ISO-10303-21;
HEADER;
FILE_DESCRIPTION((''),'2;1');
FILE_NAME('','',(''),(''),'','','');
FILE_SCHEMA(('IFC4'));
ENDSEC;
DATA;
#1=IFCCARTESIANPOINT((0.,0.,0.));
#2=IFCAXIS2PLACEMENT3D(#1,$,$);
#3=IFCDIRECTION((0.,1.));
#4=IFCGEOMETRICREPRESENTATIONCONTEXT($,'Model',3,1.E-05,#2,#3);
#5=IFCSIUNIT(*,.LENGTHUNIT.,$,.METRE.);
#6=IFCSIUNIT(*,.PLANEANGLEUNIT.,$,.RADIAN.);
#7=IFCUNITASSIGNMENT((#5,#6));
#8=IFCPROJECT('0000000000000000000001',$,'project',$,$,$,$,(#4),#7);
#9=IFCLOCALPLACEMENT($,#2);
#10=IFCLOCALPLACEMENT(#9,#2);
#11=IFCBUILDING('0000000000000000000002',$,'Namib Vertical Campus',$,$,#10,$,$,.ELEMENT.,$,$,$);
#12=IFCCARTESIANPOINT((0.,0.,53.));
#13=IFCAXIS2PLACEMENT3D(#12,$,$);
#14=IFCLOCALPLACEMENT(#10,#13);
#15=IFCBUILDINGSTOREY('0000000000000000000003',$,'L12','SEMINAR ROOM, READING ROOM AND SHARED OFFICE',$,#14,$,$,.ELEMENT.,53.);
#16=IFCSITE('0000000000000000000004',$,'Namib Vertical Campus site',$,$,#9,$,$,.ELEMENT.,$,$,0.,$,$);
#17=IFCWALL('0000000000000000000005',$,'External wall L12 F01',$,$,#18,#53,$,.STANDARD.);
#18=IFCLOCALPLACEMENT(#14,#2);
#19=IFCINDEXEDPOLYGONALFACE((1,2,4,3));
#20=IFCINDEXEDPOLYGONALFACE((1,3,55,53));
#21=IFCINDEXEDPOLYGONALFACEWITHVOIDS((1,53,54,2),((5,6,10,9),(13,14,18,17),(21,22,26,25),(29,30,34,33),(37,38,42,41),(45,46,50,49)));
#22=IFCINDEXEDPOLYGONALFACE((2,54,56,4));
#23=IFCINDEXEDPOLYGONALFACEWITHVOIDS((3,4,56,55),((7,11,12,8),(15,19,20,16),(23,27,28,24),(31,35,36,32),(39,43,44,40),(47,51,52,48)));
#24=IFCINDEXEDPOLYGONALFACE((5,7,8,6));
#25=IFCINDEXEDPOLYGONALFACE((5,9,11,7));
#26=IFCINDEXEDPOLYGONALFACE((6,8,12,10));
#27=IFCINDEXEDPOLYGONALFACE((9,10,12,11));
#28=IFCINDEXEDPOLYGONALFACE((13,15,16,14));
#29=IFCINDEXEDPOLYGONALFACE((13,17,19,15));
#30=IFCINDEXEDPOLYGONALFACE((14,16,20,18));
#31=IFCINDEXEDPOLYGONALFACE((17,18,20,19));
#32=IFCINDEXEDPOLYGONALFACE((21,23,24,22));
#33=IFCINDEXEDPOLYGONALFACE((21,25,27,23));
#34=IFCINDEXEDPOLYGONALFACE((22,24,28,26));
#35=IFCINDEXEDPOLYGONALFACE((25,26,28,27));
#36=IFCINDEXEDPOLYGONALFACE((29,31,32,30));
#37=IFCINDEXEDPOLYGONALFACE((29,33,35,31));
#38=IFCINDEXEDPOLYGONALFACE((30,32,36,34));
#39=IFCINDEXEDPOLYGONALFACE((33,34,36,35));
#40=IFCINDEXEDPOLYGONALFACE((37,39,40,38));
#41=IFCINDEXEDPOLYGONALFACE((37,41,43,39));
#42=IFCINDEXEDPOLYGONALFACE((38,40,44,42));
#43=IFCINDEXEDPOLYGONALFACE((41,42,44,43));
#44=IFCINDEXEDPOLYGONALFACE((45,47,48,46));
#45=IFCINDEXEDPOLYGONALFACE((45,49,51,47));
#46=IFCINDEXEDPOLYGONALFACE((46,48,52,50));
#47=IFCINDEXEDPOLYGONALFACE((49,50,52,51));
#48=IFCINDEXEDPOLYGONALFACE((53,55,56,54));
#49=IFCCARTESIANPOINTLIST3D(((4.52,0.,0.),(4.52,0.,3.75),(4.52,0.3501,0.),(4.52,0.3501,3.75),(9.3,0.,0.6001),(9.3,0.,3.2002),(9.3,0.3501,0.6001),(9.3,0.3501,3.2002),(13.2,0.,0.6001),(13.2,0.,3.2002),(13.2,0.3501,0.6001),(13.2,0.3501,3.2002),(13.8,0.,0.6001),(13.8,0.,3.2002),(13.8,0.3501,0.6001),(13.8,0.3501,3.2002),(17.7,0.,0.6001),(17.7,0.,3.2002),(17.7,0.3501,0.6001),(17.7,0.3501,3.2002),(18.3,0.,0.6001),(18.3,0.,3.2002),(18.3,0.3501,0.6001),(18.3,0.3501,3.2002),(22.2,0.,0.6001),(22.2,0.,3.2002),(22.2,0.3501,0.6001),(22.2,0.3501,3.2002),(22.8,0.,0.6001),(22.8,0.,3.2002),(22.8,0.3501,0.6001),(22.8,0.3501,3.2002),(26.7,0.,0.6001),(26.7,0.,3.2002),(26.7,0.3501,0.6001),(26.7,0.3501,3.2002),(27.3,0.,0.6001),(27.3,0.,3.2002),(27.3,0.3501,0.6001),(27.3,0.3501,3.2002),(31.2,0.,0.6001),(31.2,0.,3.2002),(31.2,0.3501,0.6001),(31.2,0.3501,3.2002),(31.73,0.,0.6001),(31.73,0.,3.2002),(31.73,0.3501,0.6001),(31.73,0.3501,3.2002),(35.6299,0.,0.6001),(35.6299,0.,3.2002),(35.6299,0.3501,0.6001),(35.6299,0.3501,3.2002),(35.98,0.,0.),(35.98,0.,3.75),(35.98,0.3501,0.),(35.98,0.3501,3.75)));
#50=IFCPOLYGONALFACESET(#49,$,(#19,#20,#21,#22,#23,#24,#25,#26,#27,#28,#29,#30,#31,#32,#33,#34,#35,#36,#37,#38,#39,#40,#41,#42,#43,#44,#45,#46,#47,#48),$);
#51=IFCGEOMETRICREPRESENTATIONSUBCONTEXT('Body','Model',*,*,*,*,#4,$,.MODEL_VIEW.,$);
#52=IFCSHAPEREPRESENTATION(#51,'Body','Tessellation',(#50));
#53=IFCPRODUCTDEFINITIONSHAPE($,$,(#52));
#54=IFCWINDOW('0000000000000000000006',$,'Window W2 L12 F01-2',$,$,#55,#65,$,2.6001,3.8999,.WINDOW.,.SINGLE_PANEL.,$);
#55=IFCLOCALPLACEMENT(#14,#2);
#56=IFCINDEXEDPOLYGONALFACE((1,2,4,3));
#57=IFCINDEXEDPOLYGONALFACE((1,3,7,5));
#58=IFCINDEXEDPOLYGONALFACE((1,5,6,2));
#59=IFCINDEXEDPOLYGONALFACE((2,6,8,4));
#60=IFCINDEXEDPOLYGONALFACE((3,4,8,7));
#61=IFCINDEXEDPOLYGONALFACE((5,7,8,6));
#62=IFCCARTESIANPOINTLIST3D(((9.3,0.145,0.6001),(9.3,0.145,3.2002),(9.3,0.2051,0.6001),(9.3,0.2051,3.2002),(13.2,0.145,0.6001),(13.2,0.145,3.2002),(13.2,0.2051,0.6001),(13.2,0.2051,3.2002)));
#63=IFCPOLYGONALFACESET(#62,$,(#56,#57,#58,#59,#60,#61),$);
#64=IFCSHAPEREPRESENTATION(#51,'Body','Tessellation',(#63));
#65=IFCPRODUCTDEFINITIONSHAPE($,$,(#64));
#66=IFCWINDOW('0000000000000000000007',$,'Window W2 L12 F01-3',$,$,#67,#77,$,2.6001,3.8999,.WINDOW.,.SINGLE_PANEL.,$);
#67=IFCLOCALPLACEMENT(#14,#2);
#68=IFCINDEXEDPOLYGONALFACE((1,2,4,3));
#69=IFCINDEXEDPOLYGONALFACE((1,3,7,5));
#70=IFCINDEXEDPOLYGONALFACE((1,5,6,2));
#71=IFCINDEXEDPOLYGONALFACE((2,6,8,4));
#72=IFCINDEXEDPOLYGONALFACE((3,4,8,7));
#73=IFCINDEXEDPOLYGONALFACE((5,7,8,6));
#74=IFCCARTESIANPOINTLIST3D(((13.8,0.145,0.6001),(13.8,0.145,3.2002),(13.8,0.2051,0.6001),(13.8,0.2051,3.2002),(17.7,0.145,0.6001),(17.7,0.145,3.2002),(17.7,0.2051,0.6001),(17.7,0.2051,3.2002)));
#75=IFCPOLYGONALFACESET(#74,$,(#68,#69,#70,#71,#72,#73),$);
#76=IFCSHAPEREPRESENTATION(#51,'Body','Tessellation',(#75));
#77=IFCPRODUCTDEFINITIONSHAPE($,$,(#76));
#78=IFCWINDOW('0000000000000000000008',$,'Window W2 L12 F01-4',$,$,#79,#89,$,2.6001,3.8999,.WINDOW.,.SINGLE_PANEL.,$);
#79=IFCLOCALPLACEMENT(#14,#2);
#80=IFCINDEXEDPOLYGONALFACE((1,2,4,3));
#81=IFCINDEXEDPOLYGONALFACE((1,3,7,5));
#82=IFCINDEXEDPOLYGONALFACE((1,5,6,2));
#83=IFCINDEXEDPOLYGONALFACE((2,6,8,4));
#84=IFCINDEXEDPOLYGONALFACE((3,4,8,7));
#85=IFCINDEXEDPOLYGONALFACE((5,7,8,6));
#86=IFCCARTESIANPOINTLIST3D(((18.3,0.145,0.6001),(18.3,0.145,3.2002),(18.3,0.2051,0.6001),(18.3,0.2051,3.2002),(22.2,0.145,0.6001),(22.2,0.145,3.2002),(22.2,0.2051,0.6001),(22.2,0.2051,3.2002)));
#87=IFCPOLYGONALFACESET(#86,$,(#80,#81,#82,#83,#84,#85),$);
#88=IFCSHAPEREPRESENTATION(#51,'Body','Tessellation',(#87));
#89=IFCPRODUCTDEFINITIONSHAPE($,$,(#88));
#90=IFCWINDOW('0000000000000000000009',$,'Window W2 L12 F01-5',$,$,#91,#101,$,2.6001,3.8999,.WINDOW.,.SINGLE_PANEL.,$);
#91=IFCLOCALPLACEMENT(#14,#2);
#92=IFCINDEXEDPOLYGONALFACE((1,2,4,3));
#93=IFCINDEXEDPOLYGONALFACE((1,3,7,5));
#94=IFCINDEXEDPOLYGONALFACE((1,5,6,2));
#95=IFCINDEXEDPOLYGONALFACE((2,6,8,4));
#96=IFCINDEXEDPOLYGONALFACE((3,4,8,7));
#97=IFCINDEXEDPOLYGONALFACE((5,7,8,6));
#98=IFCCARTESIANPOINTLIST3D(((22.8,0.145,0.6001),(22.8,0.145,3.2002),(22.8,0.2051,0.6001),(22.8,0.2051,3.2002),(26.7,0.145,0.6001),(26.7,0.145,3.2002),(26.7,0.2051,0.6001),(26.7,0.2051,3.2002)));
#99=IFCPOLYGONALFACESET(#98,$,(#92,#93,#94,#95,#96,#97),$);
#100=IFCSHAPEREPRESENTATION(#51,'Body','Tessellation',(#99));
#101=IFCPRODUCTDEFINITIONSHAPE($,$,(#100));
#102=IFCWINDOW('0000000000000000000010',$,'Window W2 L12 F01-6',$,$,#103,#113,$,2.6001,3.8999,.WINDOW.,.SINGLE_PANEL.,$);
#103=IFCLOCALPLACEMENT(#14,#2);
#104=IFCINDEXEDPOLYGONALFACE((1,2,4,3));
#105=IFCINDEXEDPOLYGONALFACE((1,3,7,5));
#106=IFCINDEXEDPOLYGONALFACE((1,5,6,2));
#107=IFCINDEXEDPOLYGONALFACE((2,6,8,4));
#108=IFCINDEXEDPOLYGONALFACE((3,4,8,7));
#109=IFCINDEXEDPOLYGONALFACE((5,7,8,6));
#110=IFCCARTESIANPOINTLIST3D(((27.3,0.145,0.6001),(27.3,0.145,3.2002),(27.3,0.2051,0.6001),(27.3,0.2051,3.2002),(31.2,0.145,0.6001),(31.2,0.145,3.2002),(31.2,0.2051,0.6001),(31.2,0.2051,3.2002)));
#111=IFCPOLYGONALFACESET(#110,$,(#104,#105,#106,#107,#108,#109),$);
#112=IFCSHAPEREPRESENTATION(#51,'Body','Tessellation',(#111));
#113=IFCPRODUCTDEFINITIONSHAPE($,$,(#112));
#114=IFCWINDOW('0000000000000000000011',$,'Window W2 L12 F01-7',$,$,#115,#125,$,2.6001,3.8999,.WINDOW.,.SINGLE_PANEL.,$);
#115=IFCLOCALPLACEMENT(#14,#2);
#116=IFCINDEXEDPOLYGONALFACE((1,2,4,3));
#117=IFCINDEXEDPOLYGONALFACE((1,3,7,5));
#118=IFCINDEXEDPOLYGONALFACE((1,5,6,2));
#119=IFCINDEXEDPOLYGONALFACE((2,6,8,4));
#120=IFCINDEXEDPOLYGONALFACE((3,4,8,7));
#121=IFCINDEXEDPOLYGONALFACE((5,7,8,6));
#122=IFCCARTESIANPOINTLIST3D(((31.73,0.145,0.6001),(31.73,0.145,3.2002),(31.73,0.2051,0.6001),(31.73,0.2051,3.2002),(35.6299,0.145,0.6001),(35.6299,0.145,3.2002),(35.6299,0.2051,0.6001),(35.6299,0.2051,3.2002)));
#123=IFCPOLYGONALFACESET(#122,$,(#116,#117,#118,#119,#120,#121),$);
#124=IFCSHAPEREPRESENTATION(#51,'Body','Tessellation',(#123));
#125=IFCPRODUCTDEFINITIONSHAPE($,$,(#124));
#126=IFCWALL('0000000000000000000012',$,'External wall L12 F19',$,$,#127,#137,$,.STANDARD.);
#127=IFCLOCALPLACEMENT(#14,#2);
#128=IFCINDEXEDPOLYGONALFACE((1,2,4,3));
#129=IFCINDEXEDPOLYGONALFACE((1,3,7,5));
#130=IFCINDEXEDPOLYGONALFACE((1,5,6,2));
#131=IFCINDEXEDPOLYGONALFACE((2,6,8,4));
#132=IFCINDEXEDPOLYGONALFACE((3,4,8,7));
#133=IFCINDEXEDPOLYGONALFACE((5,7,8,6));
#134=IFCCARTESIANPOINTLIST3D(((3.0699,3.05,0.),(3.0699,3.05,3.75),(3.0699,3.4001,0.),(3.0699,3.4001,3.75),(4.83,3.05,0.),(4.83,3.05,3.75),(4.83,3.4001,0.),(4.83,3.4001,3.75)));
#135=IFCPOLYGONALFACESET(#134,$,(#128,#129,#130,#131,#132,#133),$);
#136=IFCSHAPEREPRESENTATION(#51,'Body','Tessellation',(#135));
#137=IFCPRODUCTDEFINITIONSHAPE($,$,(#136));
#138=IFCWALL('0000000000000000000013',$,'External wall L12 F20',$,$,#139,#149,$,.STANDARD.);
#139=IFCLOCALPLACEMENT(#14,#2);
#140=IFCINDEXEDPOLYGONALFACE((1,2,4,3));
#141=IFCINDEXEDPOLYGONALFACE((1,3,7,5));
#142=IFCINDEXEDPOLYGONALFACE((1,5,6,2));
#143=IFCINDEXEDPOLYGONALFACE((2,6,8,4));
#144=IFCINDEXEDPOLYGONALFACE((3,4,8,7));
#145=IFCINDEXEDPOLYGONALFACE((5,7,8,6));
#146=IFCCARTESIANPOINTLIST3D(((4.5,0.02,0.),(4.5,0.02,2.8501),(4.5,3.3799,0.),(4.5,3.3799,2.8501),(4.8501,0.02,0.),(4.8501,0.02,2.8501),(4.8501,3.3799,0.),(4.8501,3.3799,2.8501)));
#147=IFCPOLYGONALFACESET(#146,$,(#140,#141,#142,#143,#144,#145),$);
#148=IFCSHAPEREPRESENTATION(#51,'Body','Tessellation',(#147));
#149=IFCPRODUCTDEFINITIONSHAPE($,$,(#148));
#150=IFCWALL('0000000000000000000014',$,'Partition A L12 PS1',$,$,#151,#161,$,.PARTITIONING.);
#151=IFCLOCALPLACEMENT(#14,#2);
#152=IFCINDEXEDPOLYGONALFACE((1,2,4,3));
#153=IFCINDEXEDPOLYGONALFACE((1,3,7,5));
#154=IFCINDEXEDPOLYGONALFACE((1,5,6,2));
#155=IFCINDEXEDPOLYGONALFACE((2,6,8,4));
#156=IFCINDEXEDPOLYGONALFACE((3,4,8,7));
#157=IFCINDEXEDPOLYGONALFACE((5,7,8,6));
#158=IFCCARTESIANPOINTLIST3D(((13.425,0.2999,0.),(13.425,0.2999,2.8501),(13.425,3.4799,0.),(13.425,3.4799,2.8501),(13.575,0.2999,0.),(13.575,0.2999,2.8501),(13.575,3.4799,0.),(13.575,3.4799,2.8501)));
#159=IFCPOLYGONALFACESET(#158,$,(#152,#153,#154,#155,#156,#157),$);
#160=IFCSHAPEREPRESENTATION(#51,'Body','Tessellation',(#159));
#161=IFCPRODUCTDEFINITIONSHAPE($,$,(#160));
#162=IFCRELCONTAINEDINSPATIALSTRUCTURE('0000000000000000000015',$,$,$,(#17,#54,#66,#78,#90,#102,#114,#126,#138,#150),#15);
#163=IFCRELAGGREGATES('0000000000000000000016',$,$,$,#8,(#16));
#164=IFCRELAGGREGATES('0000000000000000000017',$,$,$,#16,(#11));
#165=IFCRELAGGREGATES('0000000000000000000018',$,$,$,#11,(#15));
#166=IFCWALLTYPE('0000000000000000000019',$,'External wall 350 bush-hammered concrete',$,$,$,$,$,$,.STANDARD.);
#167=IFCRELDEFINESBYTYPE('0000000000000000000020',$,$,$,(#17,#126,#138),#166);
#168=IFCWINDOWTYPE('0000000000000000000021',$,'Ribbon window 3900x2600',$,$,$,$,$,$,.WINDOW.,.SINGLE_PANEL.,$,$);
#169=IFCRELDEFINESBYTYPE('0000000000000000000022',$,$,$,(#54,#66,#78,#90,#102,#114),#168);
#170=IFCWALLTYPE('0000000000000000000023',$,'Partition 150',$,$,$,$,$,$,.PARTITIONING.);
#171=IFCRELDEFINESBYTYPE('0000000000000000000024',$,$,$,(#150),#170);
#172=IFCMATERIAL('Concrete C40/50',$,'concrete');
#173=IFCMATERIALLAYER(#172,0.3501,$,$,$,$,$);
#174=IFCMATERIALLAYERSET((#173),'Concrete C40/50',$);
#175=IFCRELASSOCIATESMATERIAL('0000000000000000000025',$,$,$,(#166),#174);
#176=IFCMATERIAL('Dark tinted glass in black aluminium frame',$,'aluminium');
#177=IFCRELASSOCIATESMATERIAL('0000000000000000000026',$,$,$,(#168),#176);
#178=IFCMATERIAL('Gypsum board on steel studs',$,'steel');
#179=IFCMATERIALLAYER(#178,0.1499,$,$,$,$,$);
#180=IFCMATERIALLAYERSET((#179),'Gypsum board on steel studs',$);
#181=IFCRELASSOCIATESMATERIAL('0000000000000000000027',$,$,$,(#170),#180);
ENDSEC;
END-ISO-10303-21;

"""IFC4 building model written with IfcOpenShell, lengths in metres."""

from ifc_helpers import new_model, si_unit, direction, frame, frame_2d, origin, place, context, subcontext, project, spatial, rectangle, extrude, material, layer, layer_set, type_object, element, fill, save


model = new_model("IFC4")

# Units and contexts
model_context = context("Model", 3, precision=1e-05, world=origin(), true_north=direction((0.0, 1.0)))
body_context = subcontext(model_context, "Body", "Model", "MODEL_VIEW")
ifc_project = project(units=[si_unit("LENGTHUNIT", "METRE"), si_unit("PLANEANGLEUNIT", "RADIAN")], contexts=[model_context])

# Site, building, storey
site_placement = place(None, origin())
site = spatial("IfcSite", under=ifc_project, at=site_placement, Name="Namib Vertical Campus site", CompositionType="ELEMENT", RefElevation=0.0)
building_placement = place(site_placement, origin())
building = spatial("IfcBuilding", under=site, at=building_placement, Name="Namib Vertical Campus", CompositionType="ELEMENT")
storey_placement = place(building_placement, frame((0.0, 0.0, 53.0)))
storey = spatial("IfcBuildingStorey", under=building, at=storey_placement, Name="L12", Description="SEMINAR ROOM, READING ROOM AND SHARED OFFICE", CompositionType="ELEMENT", Elevation=53.0)

# Wall, openings, windows
ifc_material_1 = material(Name="Concrete C40/50", Category="concrete")
ifc_layer_1 = layer(ifc_material_1, 0.3501)
ifc_layer_set_1 = layer_set([ifc_layer_1], Name="Concrete C40/50")
wall_type_1 = type_object("IfcWallType", Name="External wall 350 bush-hammered concrete", PredefinedType="STANDARD", material=ifc_layer_set_1)
wall_1_placement = place(storey_placement, frame((4.52, 0.175, 0.0), z_axis=(0.0, 0.0, 1.0), x_axis=(1.0, 0.0, 0.0)))
wall_1 = element("IfcWall", 1, at=wall_1_placement, inside=storey, type_object=wall_type_1, Name="External wall L12 F01", PredefinedType="STANDARD", context=body_context, shape_type="SweptSolid", body=[
    extrude(rectangle(XDim=31.46, YDim=0.3501, at=frame_2d((15.73, 0.0))), origin(), (0.0, 0.0, 1.0), 3.75),
])
opening_1_placement = place(wall_1_placement, frame((4.78, 0.0, 0.6001)))
opening_1 = element("IfcOpeningElement", 2, at=opening_1_placement, cuts=wall_1, PredefinedType="OPENING", context=body_context, shape_type="SweptSolid", body=[
    extrude(rectangle(XDim=3.8999, YDim=2.6001, at=frame_2d((1.95, 1.3))), frame((0.0, 0.1851, 0.0), z_axis=(0.0, -1.0, 0.0), x_axis=(1.0, 0.0, 0.0)), (0.0, 0.0, 1.0), 0.3701),
])
opening_2_placement = place(wall_1_placement, frame((9.28, 0.0, 0.6001)))
opening_2 = element("IfcOpeningElement", 3, at=opening_2_placement, cuts=wall_1, PredefinedType="OPENING", context=body_context, shape_type="SweptSolid", body=[
    extrude(rectangle(XDim=3.8999, YDim=2.6001, at=frame_2d((1.95, 1.3))), frame((0.0, 0.1851, 0.0), z_axis=(0.0, -1.0, 0.0), x_axis=(1.0, 0.0, 0.0)), (0.0, 0.0, 1.0), 0.3701),
])
opening_3_placement = place(wall_1_placement, frame((13.78, 0.0, 0.6001)))
opening_3 = element("IfcOpeningElement", 4, at=opening_3_placement, cuts=wall_1, PredefinedType="OPENING", context=body_context, shape_type="SweptSolid", body=[
    extrude(rectangle(XDim=3.8999, YDim=2.6001, at=frame_2d((1.95, 1.3))), frame((0.0, 0.1851, 0.0), z_axis=(0.0, -1.0, 0.0), x_axis=(1.0, 0.0, 0.0)), (0.0, 0.0, 1.0), 0.3701),
])
opening_4_placement = place(wall_1_placement, frame((18.28, 0.0, 0.6001)))
opening_4 = element("IfcOpeningElement", 5, at=opening_4_placement, cuts=wall_1, PredefinedType="OPENING", context=body_context, shape_type="SweptSolid", body=[
    extrude(rectangle(XDim=3.8999, YDim=2.6001, at=frame_2d((1.95, 1.3))), frame((0.0, 0.1851, 0.0), z_axis=(0.0, -1.0, 0.0), x_axis=(1.0, 0.0, 0.0)), (0.0, 0.0, 1.0), 0.3701),
])
opening_5_placement = place(wall_1_placement, frame((22.78, 0.0, 0.6001)))
opening_5 = element("IfcOpeningElement", 6, at=opening_5_placement, cuts=wall_1, PredefinedType="OPENING", context=body_context, shape_type="SweptSolid", body=[
    extrude(rectangle(XDim=3.8999, YDim=2.6001, at=frame_2d((1.95, 1.3))), frame((0.0, 0.1851, 0.0), z_axis=(0.0, -1.0, 0.0), x_axis=(1.0, 0.0, 0.0)), (0.0, 0.0, 1.0), 0.3701),
])
opening_6_placement = place(wall_1_placement, frame((27.21, 0.0, 0.6001)))
opening_6 = element("IfcOpeningElement", 7, at=opening_6_placement, cuts=wall_1, PredefinedType="OPENING", context=body_context, shape_type="SweptSolid", body=[
    extrude(rectangle(XDim=3.8999, YDim=2.6001, at=frame_2d((1.95, 1.3))), frame((0.0, 0.1851, 0.0), z_axis=(0.0, -1.0, 0.0), x_axis=(1.0, 0.0, 0.0)), (0.0, 0.0, 1.0), 0.3701),
])
ifc_material_2 = material(Name="Dark tinted glass in black aluminium frame", Category="aluminium")
window_type = type_object("IfcWindowType", Name="Ribbon window 3900x2600", PartitioningType="SINGLE_PANEL", PredefinedType="WINDOW", material=ifc_material_2)
window_1_placement = place(opening_1_placement, origin())
window_1 = element("IfcWindow", 8, at=window_1_placement, inside=storey, type_object=window_type, Name="Window W2 L12 F01-2", OverallHeight=2.6001, OverallWidth=3.8999, PartitioningType="SINGLE_PANEL", PredefinedType="WINDOW", context=body_context, shape_type="SweptSolid", body=[
    extrude(rectangle(XDim=3.8999, YDim=2.6001, at=frame_2d((1.95, 1.3))), frame((0.0, 0.03, 0.0), z_axis=(0.0, -1.0, 0.0), x_axis=(1.0, 0.0, 0.0)), (0.0, 0.0, 1.0), 0.0601),
])
fill(opening_1, window_1)
window_2_placement = place(opening_2_placement, origin())
window_2 = element("IfcWindow", 9, at=window_2_placement, inside=storey, type_object=window_type, Name="Window W2 L12 F01-3", OverallHeight=2.6001, OverallWidth=3.8999, PartitioningType="SINGLE_PANEL", PredefinedType="WINDOW", context=body_context, shape_type="SweptSolid", body=[
    extrude(rectangle(XDim=3.8999, YDim=2.6001, at=frame_2d((1.95, 1.3))), frame((0.0, 0.03, 0.0), z_axis=(0.0, -1.0, 0.0), x_axis=(1.0, 0.0, 0.0)), (0.0, 0.0, 1.0), 0.0601),
])
fill(opening_2, window_2)
window_3_placement = place(opening_3_placement, origin())
window_3 = element("IfcWindow", 10, at=window_3_placement, inside=storey, type_object=window_type, Name="Window W2 L12 F01-4", OverallHeight=2.6001, OverallWidth=3.8999, PartitioningType="SINGLE_PANEL", PredefinedType="WINDOW", context=body_context, shape_type="SweptSolid", body=[
    extrude(rectangle(XDim=3.8999, YDim=2.6001, at=frame_2d((1.95, 1.3))), frame((0.0, 0.03, 0.0), z_axis=(0.0, -1.0, 0.0), x_axis=(1.0, 0.0, 0.0)), (0.0, 0.0, 1.0), 0.0601),
])
fill(opening_3, window_3)
window_4_placement = place(opening_4_placement, origin())
window_4 = element("IfcWindow", 11, at=window_4_placement, inside=storey, type_object=window_type, Name="Window W2 L12 F01-5", OverallHeight=2.6001, OverallWidth=3.8999, PartitioningType="SINGLE_PANEL", PredefinedType="WINDOW", context=body_context, shape_type="SweptSolid", body=[
    extrude(rectangle(XDim=3.8999, YDim=2.6001, at=frame_2d((1.95, 1.3))), frame((0.0, 0.03, 0.0), z_axis=(0.0, -1.0, 0.0), x_axis=(1.0, 0.0, 0.0)), (0.0, 0.0, 1.0), 0.0601),
])
fill(opening_4, window_4)
window_5_placement = place(opening_5_placement, origin())
window_5 = element("IfcWindow", 12, at=window_5_placement, inside=storey, type_object=window_type, Name="Window W2 L12 F01-6", OverallHeight=2.6001, OverallWidth=3.8999, PartitioningType="SINGLE_PANEL", PredefinedType="WINDOW", context=body_context, shape_type="SweptSolid", body=[
    extrude(rectangle(XDim=3.8999, YDim=2.6001, at=frame_2d((1.95, 1.3))), frame((0.0, 0.03, 0.0), z_axis=(0.0, -1.0, 0.0), x_axis=(1.0, 0.0, 0.0)), (0.0, 0.0, 1.0), 0.0601),
])
fill(opening_5, window_5)
window_6_placement = place(opening_6_placement, origin())
window_6 = element("IfcWindow", 13, at=window_6_placement, inside=storey, type_object=window_type, Name="Window W2 L12 F01-7", OverallHeight=2.6001, OverallWidth=3.8999, PartitioningType="SINGLE_PANEL", PredefinedType="WINDOW", context=body_context, shape_type="SweptSolid", body=[
    extrude(rectangle(XDim=3.8999, YDim=2.6001, at=frame_2d((1.95, 1.3))), frame((0.0, 0.03, 0.0), z_axis=(0.0, -1.0, 0.0), x_axis=(1.0, 0.0, 0.0)), (0.0, 0.0, 1.0), 0.0601),
])
fill(opening_6, window_6)

# Walls
wall_2_placement = place(storey_placement, frame((3.0701, 3.2251, 0.0), z_axis=(0.0, 0.0, 1.0), x_axis=(1.0, 0.0, 0.0)))
element("IfcWall", 14, at=wall_2_placement, inside=storey, type_object=wall_type_1, Name="External wall L12 F19", PredefinedType="STANDARD", context=body_context, shape_type="SweptSolid", body=[
    extrude(rectangle(XDim=1.76, YDim=0.3501, at=frame_2d((0.8799, 0.0))), origin(), (0.0, 0.0, 1.0), 3.75),
])
wall_3_placement = place(storey_placement, frame((4.675, 3.3799, 0.0), z_axis=(0.0, 0.0, 1.0), x_axis=(0.0, -1.0, 0.0)))
element("IfcWall", 15, at=wall_3_placement, inside=storey, type_object=wall_type_1, Name="External wall L12 F20", PredefinedType="STANDARD", context=body_context, shape_type="SweptSolid", body=[
    extrude(rectangle(XDim=3.3599, YDim=0.3501, at=frame_2d((1.6799, 0.0))), origin(), (0.0, 0.0, 1.0), 2.8501),
])
ifc_material_3 = material(Name="Gypsum board on steel studs", Category="steel")
ifc_layer_2 = layer(ifc_material_3, 0.1499)
ifc_layer_set_2 = layer_set([ifc_layer_2], Name="Gypsum board on steel studs")
wall_type_2 = type_object("IfcWallType", Name="Partition 150", PredefinedType="PARTITIONING", material=ifc_layer_set_2)
wall_4_placement = place(storey_placement, frame((13.5, 0.3, 0.0), z_axis=(0.0, 0.0, 1.0), x_axis=(0.0, 1.0, 0.0)))
element("IfcWall", 16, at=wall_4_placement, inside=storey, type_object=wall_type_2, Name="Partition A L12 PS1", PredefinedType="PARTITIONING", context=body_context, shape_type="SweptSolid", body=[
    extrude(rectangle(XDim=3.1799, YDim=0.1499, at=frame_2d((1.5898, 0.0))), origin(), (0.0, 0.0, 1.0), 2.8501),
])

save(model, "model.ifc")
